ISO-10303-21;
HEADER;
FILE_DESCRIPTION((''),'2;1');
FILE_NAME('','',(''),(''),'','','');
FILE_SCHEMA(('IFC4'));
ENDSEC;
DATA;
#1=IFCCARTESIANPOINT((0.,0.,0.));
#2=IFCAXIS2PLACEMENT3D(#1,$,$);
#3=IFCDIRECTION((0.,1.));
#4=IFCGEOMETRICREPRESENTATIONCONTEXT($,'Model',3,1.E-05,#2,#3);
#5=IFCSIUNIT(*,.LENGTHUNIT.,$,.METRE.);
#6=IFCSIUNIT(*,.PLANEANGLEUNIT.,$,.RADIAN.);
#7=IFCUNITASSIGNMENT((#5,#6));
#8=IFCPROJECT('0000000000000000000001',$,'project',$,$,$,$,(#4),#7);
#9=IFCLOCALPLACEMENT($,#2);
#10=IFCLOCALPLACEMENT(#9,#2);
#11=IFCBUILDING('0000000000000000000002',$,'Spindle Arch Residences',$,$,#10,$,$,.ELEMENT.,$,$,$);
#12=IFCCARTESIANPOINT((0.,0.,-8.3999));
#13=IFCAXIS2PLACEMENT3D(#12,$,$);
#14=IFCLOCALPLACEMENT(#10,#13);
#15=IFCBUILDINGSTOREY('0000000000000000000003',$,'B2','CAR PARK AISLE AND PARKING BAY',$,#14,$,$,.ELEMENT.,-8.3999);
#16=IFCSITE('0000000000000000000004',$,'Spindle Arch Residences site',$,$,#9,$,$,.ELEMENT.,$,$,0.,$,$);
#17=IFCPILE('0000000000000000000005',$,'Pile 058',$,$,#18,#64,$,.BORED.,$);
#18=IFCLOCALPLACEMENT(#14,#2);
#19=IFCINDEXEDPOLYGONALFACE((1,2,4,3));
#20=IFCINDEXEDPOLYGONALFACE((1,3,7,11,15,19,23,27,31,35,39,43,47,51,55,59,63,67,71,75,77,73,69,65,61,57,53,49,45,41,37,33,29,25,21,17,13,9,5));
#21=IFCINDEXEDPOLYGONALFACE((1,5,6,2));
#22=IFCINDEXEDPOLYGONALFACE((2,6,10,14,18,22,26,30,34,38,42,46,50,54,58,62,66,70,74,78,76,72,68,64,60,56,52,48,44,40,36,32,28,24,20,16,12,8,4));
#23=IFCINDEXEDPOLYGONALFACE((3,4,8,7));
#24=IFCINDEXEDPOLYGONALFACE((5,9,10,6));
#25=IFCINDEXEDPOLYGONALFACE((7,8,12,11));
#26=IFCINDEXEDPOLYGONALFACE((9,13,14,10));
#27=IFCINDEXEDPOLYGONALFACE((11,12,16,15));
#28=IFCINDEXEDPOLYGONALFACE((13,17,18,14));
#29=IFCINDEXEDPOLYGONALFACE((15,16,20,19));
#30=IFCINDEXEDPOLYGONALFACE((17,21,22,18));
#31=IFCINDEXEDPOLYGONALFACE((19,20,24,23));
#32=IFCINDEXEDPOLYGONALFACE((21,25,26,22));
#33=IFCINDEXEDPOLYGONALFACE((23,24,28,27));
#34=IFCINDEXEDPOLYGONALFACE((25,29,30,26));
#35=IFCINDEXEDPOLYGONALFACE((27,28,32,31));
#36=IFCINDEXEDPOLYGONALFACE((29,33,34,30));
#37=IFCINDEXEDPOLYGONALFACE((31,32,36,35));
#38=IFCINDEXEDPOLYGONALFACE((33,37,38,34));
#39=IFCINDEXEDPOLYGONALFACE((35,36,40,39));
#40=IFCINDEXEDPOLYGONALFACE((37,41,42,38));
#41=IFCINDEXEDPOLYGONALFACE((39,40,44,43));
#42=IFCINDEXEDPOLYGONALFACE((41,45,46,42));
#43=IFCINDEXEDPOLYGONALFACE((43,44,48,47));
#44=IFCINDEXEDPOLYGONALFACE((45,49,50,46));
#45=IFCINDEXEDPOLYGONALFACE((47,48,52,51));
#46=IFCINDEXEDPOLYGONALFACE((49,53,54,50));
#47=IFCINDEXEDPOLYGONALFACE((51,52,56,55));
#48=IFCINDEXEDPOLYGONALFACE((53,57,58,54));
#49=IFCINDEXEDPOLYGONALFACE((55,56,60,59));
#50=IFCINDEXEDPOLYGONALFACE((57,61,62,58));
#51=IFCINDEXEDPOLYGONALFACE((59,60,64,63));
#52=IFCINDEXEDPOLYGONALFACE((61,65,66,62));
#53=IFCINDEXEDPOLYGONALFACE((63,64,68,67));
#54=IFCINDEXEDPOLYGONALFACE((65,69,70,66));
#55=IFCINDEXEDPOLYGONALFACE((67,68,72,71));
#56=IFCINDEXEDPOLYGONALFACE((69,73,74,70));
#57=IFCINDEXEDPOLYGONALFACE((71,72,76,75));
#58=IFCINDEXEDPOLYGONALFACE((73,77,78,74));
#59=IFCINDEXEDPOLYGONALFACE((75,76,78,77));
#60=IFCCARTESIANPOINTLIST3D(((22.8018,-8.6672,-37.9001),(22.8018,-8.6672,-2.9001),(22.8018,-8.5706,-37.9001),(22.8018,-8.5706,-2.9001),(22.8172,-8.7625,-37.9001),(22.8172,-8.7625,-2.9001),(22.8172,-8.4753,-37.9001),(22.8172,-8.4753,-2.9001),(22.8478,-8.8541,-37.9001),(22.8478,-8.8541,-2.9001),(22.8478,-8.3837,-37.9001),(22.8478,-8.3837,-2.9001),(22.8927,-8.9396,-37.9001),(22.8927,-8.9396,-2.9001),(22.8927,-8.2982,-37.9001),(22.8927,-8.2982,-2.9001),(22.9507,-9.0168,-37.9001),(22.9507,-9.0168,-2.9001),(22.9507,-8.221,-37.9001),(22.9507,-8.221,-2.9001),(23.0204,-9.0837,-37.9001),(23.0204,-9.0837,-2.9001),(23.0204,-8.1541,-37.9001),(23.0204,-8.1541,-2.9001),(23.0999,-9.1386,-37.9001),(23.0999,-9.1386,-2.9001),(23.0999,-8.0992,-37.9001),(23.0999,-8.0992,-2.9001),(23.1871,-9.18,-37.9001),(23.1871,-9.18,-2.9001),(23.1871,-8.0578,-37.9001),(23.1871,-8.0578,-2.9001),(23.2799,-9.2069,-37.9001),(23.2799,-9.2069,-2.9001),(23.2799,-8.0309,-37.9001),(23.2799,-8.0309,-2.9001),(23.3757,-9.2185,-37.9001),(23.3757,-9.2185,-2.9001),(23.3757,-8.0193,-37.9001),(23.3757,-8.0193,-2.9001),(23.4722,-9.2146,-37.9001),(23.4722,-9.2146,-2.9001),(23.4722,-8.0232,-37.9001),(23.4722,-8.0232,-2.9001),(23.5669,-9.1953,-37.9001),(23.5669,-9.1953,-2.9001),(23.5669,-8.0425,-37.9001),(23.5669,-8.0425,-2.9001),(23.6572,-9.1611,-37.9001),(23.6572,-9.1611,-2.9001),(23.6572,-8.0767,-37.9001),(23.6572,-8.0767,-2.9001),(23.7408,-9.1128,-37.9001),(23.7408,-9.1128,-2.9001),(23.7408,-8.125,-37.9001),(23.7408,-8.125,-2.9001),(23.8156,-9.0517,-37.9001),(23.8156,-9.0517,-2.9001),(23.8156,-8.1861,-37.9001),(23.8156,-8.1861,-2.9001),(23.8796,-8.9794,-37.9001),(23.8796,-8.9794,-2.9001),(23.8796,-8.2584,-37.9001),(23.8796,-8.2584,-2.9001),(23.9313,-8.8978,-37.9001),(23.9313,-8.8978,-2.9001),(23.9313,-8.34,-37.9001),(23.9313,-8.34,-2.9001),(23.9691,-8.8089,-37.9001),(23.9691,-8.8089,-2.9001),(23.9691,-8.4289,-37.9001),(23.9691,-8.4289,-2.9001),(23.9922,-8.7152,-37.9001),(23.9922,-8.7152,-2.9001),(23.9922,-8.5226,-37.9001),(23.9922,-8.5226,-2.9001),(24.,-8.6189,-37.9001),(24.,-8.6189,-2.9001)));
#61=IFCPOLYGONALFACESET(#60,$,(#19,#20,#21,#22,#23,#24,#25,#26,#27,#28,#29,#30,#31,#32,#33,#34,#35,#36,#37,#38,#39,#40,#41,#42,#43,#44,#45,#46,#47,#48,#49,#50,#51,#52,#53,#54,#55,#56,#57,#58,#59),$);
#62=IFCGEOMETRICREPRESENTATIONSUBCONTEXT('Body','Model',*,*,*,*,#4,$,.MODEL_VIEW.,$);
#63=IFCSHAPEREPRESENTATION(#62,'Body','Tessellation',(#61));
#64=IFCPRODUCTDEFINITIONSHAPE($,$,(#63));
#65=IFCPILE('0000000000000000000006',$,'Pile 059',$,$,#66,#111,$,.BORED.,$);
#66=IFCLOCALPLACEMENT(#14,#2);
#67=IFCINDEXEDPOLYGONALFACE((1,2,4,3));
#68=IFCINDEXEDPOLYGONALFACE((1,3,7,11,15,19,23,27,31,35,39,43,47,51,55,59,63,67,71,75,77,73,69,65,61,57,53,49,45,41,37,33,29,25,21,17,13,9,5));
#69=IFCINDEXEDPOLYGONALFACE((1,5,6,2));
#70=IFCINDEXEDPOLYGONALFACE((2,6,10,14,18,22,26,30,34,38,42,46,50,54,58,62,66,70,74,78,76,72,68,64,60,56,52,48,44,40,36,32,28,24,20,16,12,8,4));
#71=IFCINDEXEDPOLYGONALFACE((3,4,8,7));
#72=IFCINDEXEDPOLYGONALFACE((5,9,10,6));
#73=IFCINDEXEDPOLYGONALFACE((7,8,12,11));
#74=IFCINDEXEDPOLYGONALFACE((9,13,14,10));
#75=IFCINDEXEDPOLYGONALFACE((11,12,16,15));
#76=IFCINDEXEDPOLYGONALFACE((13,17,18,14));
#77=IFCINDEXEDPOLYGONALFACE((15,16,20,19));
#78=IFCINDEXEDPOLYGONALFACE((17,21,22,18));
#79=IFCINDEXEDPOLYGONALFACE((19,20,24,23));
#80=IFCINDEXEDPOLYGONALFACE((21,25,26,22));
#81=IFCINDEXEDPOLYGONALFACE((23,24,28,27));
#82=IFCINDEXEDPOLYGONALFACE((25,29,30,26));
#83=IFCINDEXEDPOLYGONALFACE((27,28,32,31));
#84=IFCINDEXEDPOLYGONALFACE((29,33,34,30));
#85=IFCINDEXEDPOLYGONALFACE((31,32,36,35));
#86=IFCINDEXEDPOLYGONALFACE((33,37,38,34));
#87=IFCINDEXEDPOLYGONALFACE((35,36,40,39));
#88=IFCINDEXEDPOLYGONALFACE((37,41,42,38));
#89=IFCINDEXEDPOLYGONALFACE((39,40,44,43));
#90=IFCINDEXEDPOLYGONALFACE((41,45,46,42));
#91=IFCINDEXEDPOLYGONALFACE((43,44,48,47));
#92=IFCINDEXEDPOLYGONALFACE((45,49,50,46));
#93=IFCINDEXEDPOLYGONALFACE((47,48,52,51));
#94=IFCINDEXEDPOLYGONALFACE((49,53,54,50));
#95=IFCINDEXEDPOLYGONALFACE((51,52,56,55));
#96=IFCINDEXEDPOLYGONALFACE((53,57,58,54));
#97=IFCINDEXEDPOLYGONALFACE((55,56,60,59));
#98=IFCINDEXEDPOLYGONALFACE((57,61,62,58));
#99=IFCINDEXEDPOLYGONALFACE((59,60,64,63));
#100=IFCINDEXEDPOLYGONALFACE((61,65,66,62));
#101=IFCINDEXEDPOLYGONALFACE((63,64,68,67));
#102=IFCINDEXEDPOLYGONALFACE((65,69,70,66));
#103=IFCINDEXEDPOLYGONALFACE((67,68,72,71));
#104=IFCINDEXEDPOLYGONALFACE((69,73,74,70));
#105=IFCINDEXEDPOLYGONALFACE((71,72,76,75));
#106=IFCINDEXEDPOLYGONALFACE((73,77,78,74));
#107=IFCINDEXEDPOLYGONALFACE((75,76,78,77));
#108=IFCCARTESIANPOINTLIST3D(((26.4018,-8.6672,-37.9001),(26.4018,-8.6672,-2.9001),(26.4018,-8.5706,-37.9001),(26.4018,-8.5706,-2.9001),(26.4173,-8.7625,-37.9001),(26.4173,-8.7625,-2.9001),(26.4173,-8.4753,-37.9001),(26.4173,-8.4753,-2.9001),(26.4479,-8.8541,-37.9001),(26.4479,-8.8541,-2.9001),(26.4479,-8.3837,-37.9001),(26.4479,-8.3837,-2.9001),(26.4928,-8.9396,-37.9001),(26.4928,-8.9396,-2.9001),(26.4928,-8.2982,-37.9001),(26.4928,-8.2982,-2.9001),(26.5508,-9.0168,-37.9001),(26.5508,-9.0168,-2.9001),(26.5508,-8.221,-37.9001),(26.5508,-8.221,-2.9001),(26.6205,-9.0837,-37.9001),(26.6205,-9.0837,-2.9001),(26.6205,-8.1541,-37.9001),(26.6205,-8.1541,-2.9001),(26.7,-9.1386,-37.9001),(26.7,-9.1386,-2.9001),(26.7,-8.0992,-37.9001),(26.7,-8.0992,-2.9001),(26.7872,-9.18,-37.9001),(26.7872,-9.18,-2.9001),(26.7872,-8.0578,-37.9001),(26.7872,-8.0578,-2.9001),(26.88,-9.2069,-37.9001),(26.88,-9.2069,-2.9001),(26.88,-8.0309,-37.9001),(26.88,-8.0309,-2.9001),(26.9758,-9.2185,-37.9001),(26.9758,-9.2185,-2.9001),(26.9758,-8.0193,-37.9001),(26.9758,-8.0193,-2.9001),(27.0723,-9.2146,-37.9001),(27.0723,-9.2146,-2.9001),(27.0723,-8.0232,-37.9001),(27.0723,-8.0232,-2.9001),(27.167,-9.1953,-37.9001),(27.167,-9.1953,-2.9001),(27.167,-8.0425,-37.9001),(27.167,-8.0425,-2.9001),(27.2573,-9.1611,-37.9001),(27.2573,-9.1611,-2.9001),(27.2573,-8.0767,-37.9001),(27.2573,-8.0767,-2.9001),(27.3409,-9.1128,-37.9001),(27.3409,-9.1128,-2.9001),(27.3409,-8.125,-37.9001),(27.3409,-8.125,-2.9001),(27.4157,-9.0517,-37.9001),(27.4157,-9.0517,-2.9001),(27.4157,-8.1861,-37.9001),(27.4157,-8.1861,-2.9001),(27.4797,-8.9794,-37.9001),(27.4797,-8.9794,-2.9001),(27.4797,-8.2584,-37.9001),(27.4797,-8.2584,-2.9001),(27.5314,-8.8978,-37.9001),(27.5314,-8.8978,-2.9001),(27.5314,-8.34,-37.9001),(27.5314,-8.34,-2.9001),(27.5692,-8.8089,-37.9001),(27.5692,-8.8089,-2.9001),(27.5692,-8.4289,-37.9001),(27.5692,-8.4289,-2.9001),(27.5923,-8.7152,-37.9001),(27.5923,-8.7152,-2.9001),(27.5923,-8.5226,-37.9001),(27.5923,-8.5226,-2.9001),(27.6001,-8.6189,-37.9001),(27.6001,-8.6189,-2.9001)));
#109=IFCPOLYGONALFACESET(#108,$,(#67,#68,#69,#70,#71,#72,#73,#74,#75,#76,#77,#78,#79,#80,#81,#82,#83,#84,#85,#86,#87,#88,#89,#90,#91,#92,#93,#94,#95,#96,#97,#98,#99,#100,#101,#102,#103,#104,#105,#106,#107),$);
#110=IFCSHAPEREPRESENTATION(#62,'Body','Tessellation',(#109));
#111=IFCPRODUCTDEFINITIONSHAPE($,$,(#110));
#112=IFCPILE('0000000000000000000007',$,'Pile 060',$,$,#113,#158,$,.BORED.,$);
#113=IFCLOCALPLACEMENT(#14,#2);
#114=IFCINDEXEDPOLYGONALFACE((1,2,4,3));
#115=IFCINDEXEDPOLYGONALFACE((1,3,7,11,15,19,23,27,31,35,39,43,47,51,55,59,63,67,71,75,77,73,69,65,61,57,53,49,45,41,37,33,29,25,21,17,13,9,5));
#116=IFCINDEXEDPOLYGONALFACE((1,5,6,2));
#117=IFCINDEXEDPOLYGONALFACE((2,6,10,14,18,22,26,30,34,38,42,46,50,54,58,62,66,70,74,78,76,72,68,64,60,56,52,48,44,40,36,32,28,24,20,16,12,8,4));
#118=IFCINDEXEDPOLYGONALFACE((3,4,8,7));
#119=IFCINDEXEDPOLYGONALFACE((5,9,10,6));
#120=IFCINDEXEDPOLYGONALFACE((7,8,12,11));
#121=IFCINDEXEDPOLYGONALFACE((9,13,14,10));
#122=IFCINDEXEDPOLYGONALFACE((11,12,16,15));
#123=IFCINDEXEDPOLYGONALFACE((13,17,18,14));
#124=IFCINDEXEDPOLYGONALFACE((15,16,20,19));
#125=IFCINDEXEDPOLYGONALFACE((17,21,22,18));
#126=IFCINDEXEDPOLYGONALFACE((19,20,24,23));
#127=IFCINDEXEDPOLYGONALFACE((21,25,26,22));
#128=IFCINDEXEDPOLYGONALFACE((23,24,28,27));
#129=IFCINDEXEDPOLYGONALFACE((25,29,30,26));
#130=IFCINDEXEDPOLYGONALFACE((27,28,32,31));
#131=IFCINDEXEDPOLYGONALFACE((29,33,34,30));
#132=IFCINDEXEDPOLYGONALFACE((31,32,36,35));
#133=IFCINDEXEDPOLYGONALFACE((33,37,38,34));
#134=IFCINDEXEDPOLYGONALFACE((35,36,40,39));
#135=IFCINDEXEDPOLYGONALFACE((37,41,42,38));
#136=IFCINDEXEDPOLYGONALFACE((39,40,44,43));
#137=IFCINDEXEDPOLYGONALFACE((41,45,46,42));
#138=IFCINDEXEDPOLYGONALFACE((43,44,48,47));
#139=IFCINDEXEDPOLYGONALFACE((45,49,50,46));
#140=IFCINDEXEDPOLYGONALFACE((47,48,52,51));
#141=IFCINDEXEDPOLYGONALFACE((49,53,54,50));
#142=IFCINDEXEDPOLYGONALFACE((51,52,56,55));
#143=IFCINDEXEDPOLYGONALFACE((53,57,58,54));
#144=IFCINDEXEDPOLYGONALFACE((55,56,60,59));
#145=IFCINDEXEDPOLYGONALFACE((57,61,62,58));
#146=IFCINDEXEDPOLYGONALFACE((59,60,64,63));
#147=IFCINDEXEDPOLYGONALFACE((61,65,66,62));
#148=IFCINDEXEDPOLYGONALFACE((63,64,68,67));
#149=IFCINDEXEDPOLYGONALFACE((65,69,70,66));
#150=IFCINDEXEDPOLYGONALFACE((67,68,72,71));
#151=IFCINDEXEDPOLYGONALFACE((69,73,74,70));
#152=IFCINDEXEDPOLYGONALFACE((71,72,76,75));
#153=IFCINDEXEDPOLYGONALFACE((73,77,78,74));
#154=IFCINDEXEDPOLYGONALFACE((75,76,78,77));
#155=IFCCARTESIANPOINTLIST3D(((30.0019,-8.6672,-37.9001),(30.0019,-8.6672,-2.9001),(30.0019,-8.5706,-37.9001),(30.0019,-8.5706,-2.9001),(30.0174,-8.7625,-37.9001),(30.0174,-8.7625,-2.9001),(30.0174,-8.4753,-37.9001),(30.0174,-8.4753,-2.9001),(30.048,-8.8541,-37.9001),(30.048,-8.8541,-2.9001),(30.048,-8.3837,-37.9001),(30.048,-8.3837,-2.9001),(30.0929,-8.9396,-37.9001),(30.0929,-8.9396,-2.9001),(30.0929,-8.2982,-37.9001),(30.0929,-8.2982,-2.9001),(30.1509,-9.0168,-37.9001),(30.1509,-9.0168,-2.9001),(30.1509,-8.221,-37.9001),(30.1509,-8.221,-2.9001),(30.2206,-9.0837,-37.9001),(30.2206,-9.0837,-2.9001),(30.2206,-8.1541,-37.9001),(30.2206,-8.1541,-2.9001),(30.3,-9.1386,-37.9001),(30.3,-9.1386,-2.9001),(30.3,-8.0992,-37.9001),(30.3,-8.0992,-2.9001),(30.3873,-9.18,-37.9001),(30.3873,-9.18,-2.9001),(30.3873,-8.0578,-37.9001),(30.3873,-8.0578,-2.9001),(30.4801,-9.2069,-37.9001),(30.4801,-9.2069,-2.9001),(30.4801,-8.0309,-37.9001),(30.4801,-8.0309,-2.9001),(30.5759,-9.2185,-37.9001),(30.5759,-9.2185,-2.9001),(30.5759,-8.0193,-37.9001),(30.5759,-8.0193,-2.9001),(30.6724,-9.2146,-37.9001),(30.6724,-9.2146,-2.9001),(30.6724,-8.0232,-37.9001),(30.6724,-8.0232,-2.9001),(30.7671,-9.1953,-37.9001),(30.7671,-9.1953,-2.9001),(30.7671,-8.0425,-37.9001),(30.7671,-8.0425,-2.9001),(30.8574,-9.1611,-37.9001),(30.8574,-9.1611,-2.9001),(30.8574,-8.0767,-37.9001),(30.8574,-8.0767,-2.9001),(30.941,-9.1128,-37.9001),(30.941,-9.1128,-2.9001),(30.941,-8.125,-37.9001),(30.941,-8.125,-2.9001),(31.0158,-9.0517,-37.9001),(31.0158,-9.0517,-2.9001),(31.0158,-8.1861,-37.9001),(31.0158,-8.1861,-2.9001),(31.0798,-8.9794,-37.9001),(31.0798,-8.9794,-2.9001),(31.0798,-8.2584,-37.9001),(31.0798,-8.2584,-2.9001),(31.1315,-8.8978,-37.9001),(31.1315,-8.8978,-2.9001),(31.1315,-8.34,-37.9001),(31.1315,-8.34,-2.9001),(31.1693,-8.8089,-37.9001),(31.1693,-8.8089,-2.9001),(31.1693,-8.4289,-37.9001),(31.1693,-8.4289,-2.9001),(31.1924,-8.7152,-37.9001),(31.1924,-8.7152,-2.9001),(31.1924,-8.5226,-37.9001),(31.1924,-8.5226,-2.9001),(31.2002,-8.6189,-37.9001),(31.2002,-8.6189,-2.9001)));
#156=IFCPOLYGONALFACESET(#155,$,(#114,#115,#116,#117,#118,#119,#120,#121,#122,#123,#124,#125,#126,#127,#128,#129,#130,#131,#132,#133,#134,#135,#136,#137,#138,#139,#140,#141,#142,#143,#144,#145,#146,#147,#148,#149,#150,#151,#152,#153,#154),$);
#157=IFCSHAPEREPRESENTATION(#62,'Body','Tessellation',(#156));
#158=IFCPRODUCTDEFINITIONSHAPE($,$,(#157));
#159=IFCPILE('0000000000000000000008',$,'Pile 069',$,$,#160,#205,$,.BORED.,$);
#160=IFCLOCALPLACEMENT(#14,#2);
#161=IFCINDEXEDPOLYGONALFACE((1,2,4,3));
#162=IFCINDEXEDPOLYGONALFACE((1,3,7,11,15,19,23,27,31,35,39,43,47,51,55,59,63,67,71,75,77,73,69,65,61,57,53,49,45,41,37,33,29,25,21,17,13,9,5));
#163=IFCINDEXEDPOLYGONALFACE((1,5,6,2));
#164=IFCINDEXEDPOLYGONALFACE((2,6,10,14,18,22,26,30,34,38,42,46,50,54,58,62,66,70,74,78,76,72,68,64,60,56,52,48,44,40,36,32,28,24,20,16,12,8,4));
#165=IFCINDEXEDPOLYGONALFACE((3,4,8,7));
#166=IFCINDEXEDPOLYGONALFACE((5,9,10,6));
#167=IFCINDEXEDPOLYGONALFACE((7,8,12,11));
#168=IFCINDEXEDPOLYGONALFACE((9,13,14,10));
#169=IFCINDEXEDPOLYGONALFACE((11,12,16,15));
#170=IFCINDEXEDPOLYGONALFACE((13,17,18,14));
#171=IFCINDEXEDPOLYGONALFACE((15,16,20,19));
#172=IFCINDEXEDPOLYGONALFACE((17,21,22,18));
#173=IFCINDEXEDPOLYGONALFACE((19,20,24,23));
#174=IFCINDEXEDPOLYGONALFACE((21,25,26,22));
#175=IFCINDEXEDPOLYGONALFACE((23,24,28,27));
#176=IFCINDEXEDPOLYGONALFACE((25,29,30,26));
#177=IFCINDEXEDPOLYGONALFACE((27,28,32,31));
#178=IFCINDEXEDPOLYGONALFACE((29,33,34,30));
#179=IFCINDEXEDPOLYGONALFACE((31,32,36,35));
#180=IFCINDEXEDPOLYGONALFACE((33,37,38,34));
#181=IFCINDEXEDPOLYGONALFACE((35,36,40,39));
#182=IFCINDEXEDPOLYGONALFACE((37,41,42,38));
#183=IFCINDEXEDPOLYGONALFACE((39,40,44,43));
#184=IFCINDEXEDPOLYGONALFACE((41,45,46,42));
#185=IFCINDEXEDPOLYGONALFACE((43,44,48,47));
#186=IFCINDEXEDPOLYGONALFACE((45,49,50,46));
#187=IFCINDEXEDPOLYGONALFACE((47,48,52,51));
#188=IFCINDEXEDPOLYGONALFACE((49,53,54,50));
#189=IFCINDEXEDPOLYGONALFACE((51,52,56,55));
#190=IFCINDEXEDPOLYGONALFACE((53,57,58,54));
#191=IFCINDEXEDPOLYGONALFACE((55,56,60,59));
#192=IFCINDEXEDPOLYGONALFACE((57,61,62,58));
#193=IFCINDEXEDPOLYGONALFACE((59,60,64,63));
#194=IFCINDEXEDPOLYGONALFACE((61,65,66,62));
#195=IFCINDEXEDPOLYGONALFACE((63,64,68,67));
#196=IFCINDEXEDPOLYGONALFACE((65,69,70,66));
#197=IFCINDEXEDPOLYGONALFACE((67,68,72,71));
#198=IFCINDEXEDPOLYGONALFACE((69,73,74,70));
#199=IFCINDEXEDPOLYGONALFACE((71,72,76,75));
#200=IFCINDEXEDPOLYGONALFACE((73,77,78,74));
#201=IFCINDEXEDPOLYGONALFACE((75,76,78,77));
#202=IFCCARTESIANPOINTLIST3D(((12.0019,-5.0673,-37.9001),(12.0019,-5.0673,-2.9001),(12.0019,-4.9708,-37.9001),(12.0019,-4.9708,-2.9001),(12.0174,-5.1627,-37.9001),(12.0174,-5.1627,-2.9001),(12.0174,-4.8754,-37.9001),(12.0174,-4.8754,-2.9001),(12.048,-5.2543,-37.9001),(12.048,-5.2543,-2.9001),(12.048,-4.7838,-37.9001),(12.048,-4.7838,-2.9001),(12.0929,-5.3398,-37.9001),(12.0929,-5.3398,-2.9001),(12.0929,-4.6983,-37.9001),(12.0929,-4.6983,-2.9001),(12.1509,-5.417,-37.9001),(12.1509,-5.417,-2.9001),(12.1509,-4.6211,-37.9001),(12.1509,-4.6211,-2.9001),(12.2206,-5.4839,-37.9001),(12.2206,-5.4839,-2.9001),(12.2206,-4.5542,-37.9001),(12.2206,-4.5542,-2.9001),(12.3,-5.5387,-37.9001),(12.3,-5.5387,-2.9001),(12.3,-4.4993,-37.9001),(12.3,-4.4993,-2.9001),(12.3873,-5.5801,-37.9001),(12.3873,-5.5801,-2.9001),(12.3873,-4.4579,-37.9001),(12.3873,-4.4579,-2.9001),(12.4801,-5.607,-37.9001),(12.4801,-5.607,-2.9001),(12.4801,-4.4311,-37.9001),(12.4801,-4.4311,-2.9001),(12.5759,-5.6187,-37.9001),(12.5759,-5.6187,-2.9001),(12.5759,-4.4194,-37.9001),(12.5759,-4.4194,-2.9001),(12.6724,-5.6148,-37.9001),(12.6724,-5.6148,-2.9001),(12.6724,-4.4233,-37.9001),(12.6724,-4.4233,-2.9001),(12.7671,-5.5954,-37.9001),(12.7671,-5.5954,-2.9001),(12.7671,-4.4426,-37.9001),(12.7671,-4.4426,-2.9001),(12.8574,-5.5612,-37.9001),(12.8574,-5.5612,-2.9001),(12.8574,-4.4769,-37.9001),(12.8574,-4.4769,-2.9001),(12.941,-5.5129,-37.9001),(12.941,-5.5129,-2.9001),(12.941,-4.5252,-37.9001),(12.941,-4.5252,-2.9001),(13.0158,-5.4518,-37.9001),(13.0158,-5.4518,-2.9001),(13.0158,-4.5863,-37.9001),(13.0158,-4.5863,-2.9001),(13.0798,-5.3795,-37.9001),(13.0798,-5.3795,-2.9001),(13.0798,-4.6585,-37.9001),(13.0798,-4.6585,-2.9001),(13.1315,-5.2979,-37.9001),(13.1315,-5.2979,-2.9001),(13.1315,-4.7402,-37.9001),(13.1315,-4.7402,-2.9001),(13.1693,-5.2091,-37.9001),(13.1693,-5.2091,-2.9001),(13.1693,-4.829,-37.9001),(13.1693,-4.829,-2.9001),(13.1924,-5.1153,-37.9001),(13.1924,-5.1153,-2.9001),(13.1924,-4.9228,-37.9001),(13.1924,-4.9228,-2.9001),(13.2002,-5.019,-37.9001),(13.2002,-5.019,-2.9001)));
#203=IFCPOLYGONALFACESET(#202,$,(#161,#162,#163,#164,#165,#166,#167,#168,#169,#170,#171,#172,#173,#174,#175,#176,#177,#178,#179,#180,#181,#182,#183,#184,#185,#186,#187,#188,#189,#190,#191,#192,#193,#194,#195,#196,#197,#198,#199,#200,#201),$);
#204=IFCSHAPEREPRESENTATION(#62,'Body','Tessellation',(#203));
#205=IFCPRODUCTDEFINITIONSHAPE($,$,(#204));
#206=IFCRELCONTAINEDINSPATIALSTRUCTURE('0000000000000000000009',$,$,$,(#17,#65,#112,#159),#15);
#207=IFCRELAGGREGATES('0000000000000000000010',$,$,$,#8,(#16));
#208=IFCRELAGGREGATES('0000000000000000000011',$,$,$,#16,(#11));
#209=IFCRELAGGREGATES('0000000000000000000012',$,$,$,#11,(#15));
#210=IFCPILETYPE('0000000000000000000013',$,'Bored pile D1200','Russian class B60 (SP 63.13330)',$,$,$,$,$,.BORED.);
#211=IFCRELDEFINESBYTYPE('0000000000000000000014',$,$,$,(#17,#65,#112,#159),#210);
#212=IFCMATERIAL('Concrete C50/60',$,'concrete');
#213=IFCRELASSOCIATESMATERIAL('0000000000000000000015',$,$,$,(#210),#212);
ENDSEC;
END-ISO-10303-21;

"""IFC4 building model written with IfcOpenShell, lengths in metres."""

from ifc_helpers import new_model, si_unit, direction, frame, origin, origin_2d, place, context, subcontext, project, spatial, circle, extrude, material, material_profile, profile_set, type_object, element, save


model = new_model("IFC4")

# Units and contexts
model_context = context("Model", 3, precision=1e-05, world=origin(), true_north=direction((0.0, 1.0)))
body_context = subcontext(model_context, "Body", "Model", "MODEL_VIEW")
ifc_project = project(units=[si_unit("LENGTHUNIT", "METRE"), si_unit("PLANEANGLEUNIT", "RADIAN")], contexts=[model_context])

# Site, building, storey
site_placement = place(None, origin())
site = spatial("IfcSite", under=ifc_project, at=site_placement, Name="Spindle Arch Residences site", CompositionType="ELEMENT", RefElevation=0.0)
building_placement = place(site_placement, origin())
building = spatial("IfcBuilding", under=site, at=building_placement, Name="Spindle Arch Residences", CompositionType="ELEMENT")
storey_placement = place(building_placement, frame((0.0, 0.0, -8.3999)))
storey = spatial("IfcBuildingStorey", under=building, at=storey_placement, Name="B2", Description="CAR PARK AISLE AND PARKING BAY", CompositionType="ELEMENT", Elevation=-8.3999)

# Piles
ifc_material_1 = material(Name="Concrete C50/60", Category="concrete")
ifc_material_profile_1 = material_profile(ifc_material_1, circle(Radius=0.6001, at=origin_2d()), Name="BP D1200")
ifc_profile_set_1 = profile_set([ifc_material_profile_1], Name="Concrete C50/60")
pile_type = type_object("IfcPileType", Name="Bored pile D1200", Description="Russian class B60 (SP 63.13330)", PredefinedType="BORED", material=ifc_profile_set_1)
for number, where, z_axis, x_axis, name in (
    (1, (23.3999, -8.6189, -2.9001), (0.0, 0.0, -1.0), (1.0, 0.0, 0.0), "Pile 058"),
    (2, (27.0, -8.6189, -2.9001), (0.0, 0.0, -1.0), (1.0, 0.0, 0.0), "Pile 059"),
    (3, (30.6001, -8.6189, -2.9001), (0.0, 0.0, -1.0), (1.0, 0.0, 0.0), "Pile 060"),
    (4, (12.6001, -5.019, -2.9001), (0.0, 0.0, -1.0), (1.0, 0.0, 0.0), "Pile 069"),
):
    element("IfcPile", number, at=place(storey_placement, frame(where, z_axis=z_axis, x_axis=x_axis)), inside=storey, type_object=pile_type, Name=name, PredefinedType="BORED", context=body_context, shape_type="SweptSolid", body=[
        extrude(circle(Radius=0.6001, at=origin_2d()), origin(), (0.0, 0.0, 1.0), 35.0),
    ])

save(model, "model.ifc")
